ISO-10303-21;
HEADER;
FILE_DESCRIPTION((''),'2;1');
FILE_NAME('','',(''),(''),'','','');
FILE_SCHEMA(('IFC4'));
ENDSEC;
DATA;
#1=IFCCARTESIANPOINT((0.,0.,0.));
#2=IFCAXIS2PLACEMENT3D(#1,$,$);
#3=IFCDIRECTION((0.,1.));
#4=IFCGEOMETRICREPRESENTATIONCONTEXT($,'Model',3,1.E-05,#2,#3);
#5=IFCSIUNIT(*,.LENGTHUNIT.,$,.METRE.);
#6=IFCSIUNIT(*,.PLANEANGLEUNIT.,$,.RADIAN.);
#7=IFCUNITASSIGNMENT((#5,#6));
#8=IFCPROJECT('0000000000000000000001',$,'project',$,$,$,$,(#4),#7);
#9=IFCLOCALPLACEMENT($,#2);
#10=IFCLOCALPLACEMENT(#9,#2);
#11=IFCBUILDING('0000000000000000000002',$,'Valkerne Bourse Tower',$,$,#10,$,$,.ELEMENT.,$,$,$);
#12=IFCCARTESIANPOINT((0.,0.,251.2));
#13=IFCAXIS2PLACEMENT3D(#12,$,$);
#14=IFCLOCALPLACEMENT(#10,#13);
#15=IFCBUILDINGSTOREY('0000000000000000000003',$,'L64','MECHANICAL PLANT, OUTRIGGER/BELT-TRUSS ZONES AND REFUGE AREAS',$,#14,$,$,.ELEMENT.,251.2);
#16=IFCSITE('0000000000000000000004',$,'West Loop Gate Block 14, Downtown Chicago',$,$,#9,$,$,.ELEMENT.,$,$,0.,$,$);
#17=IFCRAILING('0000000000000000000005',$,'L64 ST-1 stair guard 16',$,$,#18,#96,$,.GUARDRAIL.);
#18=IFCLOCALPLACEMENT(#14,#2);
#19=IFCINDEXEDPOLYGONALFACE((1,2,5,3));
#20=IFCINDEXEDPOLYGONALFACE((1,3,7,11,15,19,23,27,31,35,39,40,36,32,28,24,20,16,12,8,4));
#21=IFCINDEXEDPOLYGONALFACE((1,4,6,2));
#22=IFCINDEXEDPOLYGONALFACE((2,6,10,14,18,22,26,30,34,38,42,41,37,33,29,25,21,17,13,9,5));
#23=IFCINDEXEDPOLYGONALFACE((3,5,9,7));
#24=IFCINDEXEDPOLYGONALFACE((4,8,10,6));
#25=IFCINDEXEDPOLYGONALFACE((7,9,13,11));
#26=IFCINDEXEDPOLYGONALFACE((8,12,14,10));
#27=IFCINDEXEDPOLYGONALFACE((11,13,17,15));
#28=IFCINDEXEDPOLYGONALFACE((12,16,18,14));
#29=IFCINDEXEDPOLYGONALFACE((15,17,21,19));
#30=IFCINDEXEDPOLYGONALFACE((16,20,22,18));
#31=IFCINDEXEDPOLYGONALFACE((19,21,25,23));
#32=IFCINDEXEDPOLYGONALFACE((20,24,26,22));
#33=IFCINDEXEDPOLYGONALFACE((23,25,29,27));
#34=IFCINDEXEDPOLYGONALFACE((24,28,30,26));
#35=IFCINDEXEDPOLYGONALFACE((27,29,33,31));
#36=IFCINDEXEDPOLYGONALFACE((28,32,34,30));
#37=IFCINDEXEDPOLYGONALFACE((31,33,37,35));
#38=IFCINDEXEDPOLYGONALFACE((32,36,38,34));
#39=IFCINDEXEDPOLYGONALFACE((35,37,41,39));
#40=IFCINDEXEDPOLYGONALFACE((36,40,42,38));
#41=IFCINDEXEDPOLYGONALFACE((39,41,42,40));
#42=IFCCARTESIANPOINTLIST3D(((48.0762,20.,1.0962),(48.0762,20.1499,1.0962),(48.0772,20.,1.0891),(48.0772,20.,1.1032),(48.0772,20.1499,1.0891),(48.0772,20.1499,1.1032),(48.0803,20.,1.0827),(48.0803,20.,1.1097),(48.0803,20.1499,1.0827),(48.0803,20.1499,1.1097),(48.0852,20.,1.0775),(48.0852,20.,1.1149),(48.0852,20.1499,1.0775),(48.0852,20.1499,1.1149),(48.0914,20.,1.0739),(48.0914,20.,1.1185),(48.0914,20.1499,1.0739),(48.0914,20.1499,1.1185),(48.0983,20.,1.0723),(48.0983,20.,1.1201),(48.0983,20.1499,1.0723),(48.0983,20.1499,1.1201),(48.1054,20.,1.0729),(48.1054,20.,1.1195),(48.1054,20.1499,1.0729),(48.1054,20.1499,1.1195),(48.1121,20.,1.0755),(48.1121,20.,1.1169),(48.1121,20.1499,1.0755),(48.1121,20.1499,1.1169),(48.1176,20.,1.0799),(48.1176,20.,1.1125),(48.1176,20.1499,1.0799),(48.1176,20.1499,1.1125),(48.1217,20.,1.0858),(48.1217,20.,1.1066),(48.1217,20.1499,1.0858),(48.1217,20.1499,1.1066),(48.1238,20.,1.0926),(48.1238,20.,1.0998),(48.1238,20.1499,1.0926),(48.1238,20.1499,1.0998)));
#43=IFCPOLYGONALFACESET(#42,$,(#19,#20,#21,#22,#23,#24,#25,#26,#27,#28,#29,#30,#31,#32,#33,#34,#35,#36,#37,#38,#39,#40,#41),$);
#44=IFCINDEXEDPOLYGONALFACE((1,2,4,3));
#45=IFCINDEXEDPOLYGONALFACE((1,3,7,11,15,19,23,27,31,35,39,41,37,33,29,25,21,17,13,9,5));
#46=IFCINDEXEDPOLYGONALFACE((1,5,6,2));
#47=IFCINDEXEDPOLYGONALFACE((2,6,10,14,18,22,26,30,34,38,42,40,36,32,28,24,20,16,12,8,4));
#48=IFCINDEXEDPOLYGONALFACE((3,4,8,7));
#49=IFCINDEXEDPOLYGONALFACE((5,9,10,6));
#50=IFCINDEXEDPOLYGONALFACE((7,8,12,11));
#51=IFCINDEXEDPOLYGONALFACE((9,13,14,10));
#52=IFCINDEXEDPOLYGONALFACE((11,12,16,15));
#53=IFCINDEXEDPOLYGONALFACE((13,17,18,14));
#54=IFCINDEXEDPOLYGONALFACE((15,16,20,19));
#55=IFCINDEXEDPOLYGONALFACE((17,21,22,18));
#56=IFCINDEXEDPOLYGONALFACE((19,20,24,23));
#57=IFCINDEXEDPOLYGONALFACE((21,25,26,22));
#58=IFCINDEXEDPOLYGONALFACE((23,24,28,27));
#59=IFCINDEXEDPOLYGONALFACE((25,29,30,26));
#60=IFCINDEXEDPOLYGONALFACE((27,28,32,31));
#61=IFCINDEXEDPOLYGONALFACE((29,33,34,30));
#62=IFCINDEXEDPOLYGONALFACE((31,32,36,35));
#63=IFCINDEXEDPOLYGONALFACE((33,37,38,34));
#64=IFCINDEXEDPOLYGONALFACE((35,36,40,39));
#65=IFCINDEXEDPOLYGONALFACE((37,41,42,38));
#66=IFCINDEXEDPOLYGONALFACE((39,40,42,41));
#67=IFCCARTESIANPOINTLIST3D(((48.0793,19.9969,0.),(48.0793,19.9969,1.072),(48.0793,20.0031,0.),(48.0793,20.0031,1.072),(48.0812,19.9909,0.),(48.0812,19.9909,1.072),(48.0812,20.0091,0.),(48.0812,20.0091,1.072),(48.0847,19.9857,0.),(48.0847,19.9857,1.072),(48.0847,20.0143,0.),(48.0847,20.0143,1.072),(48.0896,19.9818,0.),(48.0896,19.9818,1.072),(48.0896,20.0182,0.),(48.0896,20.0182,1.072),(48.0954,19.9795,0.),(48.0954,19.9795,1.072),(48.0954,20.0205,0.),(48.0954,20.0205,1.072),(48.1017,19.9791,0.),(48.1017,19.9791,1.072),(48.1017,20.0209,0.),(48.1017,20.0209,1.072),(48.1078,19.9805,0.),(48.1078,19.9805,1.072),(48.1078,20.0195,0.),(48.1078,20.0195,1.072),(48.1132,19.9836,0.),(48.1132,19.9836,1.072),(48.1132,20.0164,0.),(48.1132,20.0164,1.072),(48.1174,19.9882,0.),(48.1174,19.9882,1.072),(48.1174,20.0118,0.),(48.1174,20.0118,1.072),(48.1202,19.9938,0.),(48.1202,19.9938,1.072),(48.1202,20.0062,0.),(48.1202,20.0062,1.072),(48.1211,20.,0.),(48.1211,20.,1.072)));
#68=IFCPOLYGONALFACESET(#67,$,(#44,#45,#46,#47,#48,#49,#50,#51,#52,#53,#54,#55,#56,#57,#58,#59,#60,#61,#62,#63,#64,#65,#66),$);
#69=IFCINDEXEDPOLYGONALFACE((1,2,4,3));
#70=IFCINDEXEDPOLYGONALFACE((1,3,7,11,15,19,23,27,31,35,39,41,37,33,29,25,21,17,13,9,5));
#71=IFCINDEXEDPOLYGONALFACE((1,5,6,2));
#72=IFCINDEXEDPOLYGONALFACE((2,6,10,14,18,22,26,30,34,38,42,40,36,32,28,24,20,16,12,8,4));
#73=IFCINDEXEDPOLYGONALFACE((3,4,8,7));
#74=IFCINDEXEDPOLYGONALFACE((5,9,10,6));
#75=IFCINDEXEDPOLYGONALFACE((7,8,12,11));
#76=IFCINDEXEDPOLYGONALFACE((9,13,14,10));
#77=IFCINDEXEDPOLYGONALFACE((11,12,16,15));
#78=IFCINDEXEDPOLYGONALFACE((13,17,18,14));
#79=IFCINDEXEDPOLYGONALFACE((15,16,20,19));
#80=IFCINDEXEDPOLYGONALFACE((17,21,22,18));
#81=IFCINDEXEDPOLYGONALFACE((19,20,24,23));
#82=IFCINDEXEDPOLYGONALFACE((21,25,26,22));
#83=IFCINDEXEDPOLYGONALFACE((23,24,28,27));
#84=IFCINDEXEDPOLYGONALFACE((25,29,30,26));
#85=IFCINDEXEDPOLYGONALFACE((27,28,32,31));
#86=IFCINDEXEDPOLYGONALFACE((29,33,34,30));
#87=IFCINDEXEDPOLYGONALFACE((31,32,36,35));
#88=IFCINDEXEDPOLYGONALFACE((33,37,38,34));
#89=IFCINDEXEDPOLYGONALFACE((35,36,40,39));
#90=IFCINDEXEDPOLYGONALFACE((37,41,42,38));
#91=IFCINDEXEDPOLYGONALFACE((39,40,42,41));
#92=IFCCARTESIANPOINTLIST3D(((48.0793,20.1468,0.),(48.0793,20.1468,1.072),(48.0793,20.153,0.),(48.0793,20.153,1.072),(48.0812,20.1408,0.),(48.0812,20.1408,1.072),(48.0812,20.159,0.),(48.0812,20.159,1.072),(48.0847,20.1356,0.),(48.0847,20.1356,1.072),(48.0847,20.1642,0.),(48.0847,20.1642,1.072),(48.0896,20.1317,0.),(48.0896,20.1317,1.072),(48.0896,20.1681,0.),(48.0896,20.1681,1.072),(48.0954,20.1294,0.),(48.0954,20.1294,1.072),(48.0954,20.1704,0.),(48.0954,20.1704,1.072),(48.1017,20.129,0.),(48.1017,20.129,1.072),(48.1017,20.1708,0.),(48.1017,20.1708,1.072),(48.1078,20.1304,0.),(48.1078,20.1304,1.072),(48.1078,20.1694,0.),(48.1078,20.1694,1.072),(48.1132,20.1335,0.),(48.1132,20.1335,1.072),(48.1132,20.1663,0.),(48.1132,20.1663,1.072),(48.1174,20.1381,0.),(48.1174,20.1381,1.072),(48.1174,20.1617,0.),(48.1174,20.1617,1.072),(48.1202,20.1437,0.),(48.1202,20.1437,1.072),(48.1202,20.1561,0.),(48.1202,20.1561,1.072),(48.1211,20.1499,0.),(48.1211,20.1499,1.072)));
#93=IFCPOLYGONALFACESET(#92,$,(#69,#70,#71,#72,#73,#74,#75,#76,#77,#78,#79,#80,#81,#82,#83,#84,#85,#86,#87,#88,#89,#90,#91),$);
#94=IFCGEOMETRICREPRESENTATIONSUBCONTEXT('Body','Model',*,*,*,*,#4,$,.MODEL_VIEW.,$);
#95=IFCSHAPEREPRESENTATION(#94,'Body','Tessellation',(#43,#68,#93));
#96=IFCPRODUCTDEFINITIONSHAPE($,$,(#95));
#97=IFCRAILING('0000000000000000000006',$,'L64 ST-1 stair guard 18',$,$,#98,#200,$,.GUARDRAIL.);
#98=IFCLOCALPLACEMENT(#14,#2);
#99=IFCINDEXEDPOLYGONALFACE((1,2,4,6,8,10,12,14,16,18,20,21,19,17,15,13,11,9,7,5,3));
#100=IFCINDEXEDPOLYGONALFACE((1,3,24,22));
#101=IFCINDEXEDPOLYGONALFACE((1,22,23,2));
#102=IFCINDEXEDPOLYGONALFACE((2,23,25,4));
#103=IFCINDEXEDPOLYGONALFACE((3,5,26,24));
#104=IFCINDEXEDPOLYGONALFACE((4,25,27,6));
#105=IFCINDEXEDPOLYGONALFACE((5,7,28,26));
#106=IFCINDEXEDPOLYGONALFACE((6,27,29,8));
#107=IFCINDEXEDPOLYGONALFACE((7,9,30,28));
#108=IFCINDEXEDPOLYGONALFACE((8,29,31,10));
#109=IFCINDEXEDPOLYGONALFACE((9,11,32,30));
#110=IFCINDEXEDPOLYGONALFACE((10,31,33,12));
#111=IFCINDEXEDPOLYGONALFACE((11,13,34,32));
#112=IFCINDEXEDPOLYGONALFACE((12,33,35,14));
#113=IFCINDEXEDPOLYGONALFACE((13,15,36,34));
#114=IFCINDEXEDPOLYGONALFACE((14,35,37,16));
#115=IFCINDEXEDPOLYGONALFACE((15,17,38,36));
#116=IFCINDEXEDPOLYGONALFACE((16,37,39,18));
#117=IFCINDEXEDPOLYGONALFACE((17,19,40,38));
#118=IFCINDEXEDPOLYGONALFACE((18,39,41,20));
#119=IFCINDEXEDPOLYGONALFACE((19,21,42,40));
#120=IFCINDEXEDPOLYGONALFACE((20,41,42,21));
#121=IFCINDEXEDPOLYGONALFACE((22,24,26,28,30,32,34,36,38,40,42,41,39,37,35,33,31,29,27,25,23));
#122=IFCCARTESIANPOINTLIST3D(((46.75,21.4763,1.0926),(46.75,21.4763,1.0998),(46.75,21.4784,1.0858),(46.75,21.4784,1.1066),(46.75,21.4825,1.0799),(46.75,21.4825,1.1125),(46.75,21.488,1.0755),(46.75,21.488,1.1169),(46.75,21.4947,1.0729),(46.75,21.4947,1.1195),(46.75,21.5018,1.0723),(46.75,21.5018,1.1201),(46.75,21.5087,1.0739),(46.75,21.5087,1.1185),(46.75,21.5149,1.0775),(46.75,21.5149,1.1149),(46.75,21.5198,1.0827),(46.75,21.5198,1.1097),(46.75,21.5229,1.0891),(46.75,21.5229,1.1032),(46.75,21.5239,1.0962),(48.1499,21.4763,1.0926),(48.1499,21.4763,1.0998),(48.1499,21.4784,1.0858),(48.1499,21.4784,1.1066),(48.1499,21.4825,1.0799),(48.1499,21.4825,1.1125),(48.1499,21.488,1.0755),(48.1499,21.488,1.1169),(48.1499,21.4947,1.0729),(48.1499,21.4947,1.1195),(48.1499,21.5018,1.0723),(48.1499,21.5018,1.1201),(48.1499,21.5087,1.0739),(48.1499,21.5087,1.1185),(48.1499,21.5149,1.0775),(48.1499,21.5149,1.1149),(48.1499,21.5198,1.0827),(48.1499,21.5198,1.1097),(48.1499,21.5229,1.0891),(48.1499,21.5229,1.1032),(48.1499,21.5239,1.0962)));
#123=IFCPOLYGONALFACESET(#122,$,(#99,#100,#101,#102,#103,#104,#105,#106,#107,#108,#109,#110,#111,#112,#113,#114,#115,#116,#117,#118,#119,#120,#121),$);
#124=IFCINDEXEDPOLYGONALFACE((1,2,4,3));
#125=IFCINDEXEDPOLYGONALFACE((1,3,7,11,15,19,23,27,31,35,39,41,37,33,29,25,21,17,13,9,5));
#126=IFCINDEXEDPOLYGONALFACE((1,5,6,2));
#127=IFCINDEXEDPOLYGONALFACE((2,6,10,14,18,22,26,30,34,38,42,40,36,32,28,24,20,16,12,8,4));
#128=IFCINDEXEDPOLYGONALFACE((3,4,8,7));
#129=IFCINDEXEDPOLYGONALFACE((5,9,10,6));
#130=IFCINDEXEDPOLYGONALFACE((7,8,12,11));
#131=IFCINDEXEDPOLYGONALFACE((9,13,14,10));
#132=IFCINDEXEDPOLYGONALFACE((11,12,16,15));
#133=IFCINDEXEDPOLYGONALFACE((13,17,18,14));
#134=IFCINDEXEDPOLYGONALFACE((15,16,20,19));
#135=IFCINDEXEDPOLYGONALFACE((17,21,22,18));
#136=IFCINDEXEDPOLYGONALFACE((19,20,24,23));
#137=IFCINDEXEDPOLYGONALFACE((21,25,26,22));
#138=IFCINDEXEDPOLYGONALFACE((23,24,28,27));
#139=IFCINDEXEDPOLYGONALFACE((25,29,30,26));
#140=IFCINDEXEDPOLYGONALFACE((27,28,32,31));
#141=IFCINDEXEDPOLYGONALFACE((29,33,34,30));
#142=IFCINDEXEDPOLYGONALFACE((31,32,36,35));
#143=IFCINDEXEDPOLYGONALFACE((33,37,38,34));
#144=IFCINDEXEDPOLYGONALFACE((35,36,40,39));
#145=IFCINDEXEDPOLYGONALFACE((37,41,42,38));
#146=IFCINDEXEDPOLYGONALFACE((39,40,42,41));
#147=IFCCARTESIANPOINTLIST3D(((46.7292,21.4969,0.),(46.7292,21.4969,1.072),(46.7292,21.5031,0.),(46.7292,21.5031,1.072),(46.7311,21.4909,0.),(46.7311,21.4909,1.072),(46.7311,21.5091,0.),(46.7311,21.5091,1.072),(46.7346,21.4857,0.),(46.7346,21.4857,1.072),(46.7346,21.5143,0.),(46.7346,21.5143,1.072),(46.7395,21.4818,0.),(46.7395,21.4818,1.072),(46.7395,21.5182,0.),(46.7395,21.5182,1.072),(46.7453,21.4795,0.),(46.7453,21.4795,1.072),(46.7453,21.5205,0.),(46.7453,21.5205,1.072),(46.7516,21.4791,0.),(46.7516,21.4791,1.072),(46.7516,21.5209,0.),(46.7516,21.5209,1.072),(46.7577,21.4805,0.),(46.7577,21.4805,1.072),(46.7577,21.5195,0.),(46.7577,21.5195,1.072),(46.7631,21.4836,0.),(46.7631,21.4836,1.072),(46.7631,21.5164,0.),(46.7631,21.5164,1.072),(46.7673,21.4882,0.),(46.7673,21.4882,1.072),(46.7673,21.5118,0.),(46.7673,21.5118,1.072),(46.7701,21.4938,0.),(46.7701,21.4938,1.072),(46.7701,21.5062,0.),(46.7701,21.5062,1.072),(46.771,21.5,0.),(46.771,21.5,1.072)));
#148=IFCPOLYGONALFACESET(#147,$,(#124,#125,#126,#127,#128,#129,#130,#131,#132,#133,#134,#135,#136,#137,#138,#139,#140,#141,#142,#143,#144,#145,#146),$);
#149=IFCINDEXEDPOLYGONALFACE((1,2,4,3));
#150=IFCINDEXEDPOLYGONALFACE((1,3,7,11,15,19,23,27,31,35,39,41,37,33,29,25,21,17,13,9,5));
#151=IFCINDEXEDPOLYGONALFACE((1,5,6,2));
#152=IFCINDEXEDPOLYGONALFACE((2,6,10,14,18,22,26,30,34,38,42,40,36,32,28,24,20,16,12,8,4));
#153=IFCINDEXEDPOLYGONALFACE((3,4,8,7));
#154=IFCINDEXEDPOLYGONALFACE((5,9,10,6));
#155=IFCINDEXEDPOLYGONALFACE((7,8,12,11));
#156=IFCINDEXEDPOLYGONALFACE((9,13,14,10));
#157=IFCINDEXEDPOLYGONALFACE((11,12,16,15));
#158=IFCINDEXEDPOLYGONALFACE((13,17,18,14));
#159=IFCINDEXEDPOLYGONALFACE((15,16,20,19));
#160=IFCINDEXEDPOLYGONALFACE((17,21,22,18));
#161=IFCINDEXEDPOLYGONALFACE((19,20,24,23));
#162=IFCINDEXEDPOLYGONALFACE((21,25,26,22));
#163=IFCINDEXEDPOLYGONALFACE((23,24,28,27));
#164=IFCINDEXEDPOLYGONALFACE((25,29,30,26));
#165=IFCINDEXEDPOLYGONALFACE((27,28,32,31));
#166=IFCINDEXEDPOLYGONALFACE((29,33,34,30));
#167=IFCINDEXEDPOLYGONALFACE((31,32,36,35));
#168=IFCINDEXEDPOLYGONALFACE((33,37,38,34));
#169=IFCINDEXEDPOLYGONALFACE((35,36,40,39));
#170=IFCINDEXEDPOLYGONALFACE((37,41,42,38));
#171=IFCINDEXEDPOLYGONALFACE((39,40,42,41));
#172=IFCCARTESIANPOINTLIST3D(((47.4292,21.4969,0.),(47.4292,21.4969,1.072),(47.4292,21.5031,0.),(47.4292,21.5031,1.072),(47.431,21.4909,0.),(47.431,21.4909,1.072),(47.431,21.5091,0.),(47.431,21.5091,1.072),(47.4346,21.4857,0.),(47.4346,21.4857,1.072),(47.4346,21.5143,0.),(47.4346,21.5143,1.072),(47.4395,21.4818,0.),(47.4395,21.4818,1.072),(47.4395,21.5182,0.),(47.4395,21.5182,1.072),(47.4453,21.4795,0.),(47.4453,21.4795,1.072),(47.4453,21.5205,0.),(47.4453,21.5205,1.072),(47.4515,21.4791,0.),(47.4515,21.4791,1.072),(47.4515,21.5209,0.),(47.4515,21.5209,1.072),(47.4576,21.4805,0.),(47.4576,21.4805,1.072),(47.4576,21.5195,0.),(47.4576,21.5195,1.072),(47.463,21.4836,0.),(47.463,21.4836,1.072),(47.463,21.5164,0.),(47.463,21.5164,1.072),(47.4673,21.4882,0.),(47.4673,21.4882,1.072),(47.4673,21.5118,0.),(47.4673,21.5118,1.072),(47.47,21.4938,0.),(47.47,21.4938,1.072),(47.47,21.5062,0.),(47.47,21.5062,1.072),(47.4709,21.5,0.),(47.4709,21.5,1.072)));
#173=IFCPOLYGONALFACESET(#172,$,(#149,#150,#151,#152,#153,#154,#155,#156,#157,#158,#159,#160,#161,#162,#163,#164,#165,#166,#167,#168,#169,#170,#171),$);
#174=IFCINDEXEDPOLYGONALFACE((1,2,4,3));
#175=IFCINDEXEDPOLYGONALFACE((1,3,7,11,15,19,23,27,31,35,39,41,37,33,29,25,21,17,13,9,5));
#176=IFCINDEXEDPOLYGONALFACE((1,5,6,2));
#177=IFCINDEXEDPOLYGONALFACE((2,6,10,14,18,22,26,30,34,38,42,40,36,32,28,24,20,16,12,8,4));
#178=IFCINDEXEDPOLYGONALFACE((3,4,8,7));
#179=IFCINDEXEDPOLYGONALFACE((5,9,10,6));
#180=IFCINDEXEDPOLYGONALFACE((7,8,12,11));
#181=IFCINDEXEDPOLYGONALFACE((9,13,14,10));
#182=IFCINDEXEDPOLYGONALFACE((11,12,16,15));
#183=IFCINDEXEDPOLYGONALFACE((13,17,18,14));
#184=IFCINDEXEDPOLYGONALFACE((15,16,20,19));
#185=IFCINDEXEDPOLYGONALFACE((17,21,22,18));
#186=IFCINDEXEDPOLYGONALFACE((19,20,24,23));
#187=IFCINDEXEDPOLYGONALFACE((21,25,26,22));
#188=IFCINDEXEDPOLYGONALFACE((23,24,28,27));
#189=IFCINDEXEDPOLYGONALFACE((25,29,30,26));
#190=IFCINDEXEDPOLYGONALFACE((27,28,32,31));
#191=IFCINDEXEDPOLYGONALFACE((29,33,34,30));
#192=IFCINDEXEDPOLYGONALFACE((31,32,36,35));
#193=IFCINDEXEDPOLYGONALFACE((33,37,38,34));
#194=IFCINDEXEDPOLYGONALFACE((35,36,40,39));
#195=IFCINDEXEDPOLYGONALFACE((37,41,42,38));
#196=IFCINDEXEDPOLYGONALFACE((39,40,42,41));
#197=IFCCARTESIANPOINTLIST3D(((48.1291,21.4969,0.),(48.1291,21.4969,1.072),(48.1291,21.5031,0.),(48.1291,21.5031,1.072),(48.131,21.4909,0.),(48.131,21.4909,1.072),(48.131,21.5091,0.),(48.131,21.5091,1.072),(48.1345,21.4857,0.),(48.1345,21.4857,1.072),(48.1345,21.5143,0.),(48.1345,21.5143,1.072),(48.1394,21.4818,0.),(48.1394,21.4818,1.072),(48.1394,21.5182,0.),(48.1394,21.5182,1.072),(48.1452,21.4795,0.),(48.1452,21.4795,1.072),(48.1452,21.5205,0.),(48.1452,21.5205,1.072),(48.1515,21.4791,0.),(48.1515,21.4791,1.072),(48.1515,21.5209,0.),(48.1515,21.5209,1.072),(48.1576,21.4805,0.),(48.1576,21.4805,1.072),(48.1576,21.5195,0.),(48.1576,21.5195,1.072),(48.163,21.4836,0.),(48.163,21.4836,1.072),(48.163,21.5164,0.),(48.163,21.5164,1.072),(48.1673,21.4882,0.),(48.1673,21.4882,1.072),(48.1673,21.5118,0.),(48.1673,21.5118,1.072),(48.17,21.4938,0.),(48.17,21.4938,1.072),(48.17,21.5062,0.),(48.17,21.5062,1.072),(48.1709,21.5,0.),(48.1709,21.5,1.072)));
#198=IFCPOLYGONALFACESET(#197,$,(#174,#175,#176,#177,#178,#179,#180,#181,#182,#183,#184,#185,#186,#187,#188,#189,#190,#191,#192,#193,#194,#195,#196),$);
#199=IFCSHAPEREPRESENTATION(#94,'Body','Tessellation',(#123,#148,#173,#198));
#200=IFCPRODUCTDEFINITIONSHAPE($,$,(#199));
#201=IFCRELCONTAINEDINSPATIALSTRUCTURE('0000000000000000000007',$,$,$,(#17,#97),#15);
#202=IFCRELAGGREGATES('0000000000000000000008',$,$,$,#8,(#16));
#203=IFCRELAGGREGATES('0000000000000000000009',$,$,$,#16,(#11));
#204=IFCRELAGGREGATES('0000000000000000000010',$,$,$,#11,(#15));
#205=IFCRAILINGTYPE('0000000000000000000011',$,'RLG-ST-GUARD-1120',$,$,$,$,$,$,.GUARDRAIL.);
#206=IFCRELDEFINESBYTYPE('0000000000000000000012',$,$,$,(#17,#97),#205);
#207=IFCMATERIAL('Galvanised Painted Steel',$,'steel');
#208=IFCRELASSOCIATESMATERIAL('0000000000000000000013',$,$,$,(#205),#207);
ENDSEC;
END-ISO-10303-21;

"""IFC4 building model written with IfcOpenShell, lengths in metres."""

from ifc_helpers import new_model, si_unit, direction, frame, origin, origin_2d, place, context, subcontext, project, spatial, circle, extrude, material, type_object, element, save


model = new_model("IFC4")

# Units and contexts
model_context = context("Model", 3, precision=1e-05, world=origin(), true_north=direction((0.0, 1.0)))
body_context = subcontext(model_context, "Body", "Model", "MODEL_VIEW")
ifc_project = project(units=[si_unit("LENGTHUNIT", "METRE"), si_unit("PLANEANGLEUNIT", "RADIAN")], contexts=[model_context])

# Site, building, storey
site_placement = place(None, origin())
site = spatial("IfcSite", under=ifc_project, at=site_placement, Name="West Loop Gate Block 14, Downtown Chicago", CompositionType="ELEMENT", RefElevation=0.0)
building_placement = place(site_placement, origin())
building = spatial("IfcBuilding", under=site, at=building_placement, Name="Valkerne Bourse Tower", CompositionType="ELEMENT")
storey_placement = place(building_placement, frame((0.0, 0.0, 251.2)))
storey = spatial("IfcBuildingStorey", under=building, at=storey_placement, Name="L64", Description="MECHANICAL PLANT, OUTRIGGER/BELT-TRUSS ZONES AND REFUGE AREAS", CompositionType="ELEMENT", Elevation=251.2)

# Shared definitions
ifc_material_1 = material(Name="Galvanised Painted Steel", Category="steel")

# Railings
railing_type_1 = type_object("IfcRailingType", Name="RLG-ST-GUARD-1120", PredefinedType="GUARDRAIL", material=ifc_material_1)
railing_1_placement = place(storey_placement, frame((48.1001, 20.0, 0.0)))
element("IfcRailing", 1, at=railing_1_placement, inside=storey, type_object=railing_type_1, Name="L64 ST-1 stair guard 16", PredefinedType="GUARDRAIL", context=body_context, shape_type="SweptSolid", body=[
    extrude(circle(Radius=0.0239, at=origin_2d()), frame((0.0, 0.0, 1.0962), z_axis=(0.0, 1.0, 0.0), x_axis=(-1.0, 0.0, 0.0)), (0.0, 0.0, 1.0), 0.1499),
    extrude(circle(Radius=0.021, at=origin_2d()), origin(), (0.0, 0.0, 1.0), 1.072),
    extrude(circle(Radius=0.021, at=origin_2d()), frame((0.0, 0.1499, 0.0)), (0.0, 0.0, 1.0), 1.072),
])
railing_2_placement = place(storey_placement, frame((46.75, 21.5, 0.0)))
element("IfcRailing", 2, at=railing_2_placement, inside=storey, type_object=railing_type_1, Name="L64 ST-1 stair guard 18", PredefinedType="GUARDRAIL", context=body_context, shape_type="SweptSolid", body=[
    extrude(circle(Radius=0.0239, at=origin_2d()), frame((0.0, 0.0, 1.0962), z_axis=(1.0, 0.0, 0.0), x_axis=(0.0, 1.0, 0.0)), (0.0, 0.0, 1.0), 1.3999),
    extrude(circle(Radius=0.021, at=origin_2d()), origin(), (0.0, 0.0, 1.0), 1.072),
    extrude(circle(Radius=0.021, at=origin_2d()), frame((0.7, 0.0, 0.0)), (0.0, 0.0, 1.0), 1.072),
    extrude(circle(Radius=0.021, at=origin_2d()), frame((1.3999, 0.0, 0.0)), (0.0, 0.0, 1.0), 1.072),
])

save(model, "model.ifc")
